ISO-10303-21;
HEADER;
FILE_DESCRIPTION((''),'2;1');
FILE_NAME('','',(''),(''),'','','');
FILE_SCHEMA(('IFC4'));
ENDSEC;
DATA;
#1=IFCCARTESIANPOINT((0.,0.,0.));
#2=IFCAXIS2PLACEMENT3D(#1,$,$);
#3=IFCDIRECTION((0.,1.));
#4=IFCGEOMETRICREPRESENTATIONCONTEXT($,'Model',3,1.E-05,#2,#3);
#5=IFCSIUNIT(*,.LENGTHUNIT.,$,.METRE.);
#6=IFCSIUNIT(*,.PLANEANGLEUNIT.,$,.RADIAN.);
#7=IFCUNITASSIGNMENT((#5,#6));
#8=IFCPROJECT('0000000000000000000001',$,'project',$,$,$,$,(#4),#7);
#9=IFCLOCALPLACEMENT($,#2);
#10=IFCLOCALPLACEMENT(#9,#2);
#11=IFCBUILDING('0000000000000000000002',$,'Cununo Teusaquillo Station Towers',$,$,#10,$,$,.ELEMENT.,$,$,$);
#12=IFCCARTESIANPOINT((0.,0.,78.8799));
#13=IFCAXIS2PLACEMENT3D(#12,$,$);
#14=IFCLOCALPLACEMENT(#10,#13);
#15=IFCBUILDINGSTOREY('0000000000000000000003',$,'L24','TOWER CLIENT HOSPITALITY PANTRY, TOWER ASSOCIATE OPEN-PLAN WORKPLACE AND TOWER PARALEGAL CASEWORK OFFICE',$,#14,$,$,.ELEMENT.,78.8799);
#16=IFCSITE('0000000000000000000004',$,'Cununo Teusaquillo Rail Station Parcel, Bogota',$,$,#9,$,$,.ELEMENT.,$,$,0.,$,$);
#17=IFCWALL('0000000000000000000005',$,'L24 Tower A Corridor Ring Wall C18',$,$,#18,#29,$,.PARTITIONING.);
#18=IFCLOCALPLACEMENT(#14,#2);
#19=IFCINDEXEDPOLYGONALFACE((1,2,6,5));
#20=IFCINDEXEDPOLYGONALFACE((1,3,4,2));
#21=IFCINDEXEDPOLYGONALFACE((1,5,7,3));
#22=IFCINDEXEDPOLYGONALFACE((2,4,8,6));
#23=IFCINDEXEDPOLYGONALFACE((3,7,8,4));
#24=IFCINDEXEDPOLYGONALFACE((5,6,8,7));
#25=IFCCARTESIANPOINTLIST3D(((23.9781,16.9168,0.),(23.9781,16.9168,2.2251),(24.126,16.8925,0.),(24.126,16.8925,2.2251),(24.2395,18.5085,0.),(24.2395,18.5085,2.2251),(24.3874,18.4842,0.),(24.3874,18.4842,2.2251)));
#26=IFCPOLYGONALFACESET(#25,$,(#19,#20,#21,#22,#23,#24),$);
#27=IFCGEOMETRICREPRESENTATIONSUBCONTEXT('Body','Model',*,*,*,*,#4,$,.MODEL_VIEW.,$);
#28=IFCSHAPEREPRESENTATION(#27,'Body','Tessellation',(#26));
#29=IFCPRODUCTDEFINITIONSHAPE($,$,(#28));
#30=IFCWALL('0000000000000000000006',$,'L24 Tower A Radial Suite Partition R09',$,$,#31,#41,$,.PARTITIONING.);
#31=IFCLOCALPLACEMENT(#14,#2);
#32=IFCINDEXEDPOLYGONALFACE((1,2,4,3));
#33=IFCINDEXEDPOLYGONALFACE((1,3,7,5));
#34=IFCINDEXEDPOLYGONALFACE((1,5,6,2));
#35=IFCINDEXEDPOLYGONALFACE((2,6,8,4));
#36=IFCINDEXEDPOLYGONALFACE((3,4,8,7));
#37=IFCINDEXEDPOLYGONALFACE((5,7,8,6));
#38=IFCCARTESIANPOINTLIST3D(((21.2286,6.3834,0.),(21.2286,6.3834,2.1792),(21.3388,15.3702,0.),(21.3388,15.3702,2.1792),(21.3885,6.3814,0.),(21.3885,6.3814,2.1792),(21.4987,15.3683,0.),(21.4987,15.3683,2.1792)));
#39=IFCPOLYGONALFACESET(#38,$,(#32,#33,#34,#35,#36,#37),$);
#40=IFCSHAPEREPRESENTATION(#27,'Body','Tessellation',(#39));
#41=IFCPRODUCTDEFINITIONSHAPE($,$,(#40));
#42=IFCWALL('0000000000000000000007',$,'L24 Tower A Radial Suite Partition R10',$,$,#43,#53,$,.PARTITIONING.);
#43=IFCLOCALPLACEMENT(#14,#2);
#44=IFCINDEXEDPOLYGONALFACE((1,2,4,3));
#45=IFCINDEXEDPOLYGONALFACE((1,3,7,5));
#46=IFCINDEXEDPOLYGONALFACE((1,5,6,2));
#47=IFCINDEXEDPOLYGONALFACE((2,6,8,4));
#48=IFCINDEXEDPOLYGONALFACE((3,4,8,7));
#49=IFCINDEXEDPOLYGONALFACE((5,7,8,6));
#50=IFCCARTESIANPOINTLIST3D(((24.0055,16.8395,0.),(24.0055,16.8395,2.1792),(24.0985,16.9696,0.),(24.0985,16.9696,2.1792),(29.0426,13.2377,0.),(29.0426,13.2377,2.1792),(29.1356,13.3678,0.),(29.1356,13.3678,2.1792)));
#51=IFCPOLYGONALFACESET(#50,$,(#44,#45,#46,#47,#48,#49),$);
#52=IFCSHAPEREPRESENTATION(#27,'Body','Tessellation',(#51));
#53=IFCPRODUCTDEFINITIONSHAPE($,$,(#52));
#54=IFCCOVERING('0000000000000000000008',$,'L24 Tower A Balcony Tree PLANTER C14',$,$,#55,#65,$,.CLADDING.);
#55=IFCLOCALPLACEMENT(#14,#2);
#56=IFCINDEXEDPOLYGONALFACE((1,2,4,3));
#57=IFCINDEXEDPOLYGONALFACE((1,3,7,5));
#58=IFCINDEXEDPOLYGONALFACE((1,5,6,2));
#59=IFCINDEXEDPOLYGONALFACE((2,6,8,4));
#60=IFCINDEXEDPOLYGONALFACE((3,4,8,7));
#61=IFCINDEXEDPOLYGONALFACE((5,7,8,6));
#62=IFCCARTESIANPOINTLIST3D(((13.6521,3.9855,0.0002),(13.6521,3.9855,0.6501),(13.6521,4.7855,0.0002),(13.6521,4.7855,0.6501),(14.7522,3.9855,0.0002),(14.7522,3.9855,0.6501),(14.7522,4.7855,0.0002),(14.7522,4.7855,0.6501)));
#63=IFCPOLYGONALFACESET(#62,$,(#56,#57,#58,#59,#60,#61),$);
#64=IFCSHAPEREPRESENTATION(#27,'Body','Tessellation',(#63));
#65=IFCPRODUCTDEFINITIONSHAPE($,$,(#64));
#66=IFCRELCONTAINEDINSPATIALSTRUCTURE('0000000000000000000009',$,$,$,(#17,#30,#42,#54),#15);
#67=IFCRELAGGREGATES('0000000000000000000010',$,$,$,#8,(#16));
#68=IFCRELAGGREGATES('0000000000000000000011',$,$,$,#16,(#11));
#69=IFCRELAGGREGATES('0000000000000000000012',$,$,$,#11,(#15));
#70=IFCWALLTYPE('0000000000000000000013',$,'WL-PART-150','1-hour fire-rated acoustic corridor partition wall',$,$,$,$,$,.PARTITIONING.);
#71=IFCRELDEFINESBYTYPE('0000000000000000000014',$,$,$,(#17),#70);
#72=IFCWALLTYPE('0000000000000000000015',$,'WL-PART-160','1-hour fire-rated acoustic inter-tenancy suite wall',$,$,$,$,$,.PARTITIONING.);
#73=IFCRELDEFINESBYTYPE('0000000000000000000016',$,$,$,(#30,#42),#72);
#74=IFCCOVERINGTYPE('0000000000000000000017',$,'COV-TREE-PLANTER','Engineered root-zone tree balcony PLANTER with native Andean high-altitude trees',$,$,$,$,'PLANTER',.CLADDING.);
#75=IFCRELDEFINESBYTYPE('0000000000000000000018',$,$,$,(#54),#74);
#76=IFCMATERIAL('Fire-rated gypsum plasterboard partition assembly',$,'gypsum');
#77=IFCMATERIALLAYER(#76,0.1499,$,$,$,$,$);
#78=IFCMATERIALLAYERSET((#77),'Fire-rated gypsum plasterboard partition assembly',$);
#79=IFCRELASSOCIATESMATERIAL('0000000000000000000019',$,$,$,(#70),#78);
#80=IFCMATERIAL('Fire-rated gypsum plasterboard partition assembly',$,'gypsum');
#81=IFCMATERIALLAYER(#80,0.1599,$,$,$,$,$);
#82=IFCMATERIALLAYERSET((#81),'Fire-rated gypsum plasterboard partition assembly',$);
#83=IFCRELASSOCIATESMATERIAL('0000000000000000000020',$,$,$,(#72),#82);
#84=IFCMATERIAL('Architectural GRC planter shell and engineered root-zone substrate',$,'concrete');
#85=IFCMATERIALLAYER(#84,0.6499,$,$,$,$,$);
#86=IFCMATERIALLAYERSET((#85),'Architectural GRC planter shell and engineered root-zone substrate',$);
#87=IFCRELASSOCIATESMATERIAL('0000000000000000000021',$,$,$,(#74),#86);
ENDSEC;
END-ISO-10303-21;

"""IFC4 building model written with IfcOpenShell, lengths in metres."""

from ifc_helpers import new_model, si_unit, direction, frame, frame_2d, origin, origin_2d, place, context, subcontext, project, spatial, rectangle, extrude, source, transform, mapped, material, layer, layer_set, type_object, element, save


model = new_model("IFC4")

# Units and contexts
model_context = context("Model", 3, precision=1e-05, world=origin(), true_north=direction((0.0, 1.0)))
body_context = subcontext(model_context, "Body", "Model", "MODEL_VIEW")
ifc_project = project(units=[si_unit("LENGTHUNIT", "METRE"), si_unit("PLANEANGLEUNIT", "RADIAN")], contexts=[model_context])

# Site, building, storey
site_placement = place(None, origin())
site = spatial("IfcSite", under=ifc_project, at=site_placement, Name="Cununo Teusaquillo Rail Station Parcel, Bogota", CompositionType="ELEMENT", RefElevation=0.0)
building_placement = place(site_placement, origin())
building = spatial("IfcBuilding", under=site, at=building_placement, Name="Cununo Teusaquillo Station Towers", CompositionType="ELEMENT")
storey_placement = place(building_placement, frame((0.0, 0.0, 78.8799)))
storey = spatial("IfcBuildingStorey", under=building, at=storey_placement, Name="L24", Description="TOWER CLIENT HOSPITALITY PANTRY, TOWER ASSOCIATE OPEN-PLAN WORKPLACE AND TOWER PARALEGAL CASEWORK OFFICE", CompositionType="ELEMENT", Elevation=78.8799)

# Shared definitions
ifc_material_1 = material(Name="Fire-rated gypsum plasterboard partition assembly", Category="gypsum")
ifc_layer_1 = layer(ifc_material_1, 0.1499)
ifc_layer_set_1 = layer_set([ifc_layer_1], Name="Fire-rated gypsum plasterboard partition assembly")
wall_type_1 = type_object("IfcWallType", Name="WL-PART-150", Description="1-hour fire-rated acoustic corridor partition wall", PredefinedType="PARTITIONING", material=ifc_layer_set_1)

# Walls
wall_1_placement = place(storey_placement, frame((24.052, 16.9045, 0.0), z_axis=(0.0, 0.0, 1.0), x_axis=(0.162092, 0.986776, 0.0)))
element("IfcWall", 1, at=wall_1_placement, inside=storey, type_object=wall_type_1, Name="L24 Tower A Corridor Ring Wall C18", PredefinedType="PARTITIONING", context=body_context, shape_type="SweptSolid", body=[
    extrude(rectangle(XDim=1.613, YDim=0.1499, at=frame_2d((0.8066, 0.0))), origin(), (0.0, 0.0, 1.0), 2.2251),
])
ifc_material_2 = material(Name="Fire-rated gypsum plasterboard partition assembly", Category="gypsum")
ifc_layer_2 = layer(ifc_material_2, 0.1599)
ifc_layer_set_2 = layer_set([ifc_layer_2], Name="Fire-rated gypsum plasterboard partition assembly")
wall_type_2 = type_object("IfcWallType", Name="WL-PART-160", Description="1-hour fire-rated acoustic inter-tenancy suite wall", PredefinedType="PARTITIONING", material=ifc_layer_set_2)
wall_2_placement = place(storey_placement, frame((21.4187, 15.3691, 0.0), z_axis=(0.0, 0.0, 1.0), x_axis=(-0.012251, -0.999925, 0.0)))
element("IfcWall", 2, at=wall_2_placement, inside=storey, type_object=wall_type_2, Name="L24 Tower A Radial Suite Partition R09", PredefinedType="PARTITIONING", context=body_context, shape_type="SweptSolid", body=[
    extrude(rectangle(XDim=8.9875, YDim=0.1599, at=frame_2d((4.4937, 0.0))), origin(), (0.0, 0.0, 1.0), 2.1792),
])
wall_3_placement = place(storey_placement, frame((24.052, 16.9045, 0.0), z_axis=(0.0, 0.0, 1.0), x_axis=(0.813438, -0.581652, 0.0)))
element("IfcWall", 3, at=wall_3_placement, inside=storey, type_object=wall_type_2, Name="L24 Tower A Radial Suite Partition R10", PredefinedType="PARTITIONING", context=body_context, shape_type="SweptSolid", body=[
    extrude(rectangle(XDim=6.1924, YDim=0.1599, at=frame_2d((3.0962, 0.0))), origin(), (0.0, 0.0, 1.0), 2.1792),
])

# Covering
ifc_material_3 = material(Name="Architectural GRC planter shell and engineered root-zone substrate", Category="concrete")
ifc_layer_3 = layer(ifc_material_3, 0.6499)
ifc_layer_set_3 = layer_set([ifc_layer_3], Name="Architectural GRC planter shell and engineered root-zone substrate")
covering_type = type_object("IfcCoveringType", Name="COV-TREE-PLANTER", Description="Engineered root-zone tree balcony PLANTER with native Andean high-altitude trees", ElementType="PLANTER", PredefinedType="CLADDING", material=ifc_layer_set_3)
shared_shape_1 = source(origin(), body_context, "Body", "SweptSolid", [
    extrude(rectangle(XDim=1.1001, YDim=0.8, at=origin_2d()), origin(), (0.0, 0.0, 1.0), 0.6499),
])
covering_placement = place(storey_placement, frame((14.2021, 4.3855, 0.0002), z_axis=(0.0, 0.0, 1.0), x_axis=(1.0, 0.0, 0.0)))
element("IfcCovering", 4, at=covering_placement, inside=storey, type_object=covering_type, Name="L24 Tower A Balcony Tree PLANTER C14", PredefinedType="CLADDING", context=body_context, shape_type="MappedRepresentation", body=[
    mapped(shared_shape_1, transform((0.0, 0.0, 0.0), x_axis=(1.0, 0.0, 0.0), y_axis=(0.0, 1.0, 0.0), z_axis=(0.0, 0.0, 1.0), scale=1.0)),
])

save(model, "model.ifc")
